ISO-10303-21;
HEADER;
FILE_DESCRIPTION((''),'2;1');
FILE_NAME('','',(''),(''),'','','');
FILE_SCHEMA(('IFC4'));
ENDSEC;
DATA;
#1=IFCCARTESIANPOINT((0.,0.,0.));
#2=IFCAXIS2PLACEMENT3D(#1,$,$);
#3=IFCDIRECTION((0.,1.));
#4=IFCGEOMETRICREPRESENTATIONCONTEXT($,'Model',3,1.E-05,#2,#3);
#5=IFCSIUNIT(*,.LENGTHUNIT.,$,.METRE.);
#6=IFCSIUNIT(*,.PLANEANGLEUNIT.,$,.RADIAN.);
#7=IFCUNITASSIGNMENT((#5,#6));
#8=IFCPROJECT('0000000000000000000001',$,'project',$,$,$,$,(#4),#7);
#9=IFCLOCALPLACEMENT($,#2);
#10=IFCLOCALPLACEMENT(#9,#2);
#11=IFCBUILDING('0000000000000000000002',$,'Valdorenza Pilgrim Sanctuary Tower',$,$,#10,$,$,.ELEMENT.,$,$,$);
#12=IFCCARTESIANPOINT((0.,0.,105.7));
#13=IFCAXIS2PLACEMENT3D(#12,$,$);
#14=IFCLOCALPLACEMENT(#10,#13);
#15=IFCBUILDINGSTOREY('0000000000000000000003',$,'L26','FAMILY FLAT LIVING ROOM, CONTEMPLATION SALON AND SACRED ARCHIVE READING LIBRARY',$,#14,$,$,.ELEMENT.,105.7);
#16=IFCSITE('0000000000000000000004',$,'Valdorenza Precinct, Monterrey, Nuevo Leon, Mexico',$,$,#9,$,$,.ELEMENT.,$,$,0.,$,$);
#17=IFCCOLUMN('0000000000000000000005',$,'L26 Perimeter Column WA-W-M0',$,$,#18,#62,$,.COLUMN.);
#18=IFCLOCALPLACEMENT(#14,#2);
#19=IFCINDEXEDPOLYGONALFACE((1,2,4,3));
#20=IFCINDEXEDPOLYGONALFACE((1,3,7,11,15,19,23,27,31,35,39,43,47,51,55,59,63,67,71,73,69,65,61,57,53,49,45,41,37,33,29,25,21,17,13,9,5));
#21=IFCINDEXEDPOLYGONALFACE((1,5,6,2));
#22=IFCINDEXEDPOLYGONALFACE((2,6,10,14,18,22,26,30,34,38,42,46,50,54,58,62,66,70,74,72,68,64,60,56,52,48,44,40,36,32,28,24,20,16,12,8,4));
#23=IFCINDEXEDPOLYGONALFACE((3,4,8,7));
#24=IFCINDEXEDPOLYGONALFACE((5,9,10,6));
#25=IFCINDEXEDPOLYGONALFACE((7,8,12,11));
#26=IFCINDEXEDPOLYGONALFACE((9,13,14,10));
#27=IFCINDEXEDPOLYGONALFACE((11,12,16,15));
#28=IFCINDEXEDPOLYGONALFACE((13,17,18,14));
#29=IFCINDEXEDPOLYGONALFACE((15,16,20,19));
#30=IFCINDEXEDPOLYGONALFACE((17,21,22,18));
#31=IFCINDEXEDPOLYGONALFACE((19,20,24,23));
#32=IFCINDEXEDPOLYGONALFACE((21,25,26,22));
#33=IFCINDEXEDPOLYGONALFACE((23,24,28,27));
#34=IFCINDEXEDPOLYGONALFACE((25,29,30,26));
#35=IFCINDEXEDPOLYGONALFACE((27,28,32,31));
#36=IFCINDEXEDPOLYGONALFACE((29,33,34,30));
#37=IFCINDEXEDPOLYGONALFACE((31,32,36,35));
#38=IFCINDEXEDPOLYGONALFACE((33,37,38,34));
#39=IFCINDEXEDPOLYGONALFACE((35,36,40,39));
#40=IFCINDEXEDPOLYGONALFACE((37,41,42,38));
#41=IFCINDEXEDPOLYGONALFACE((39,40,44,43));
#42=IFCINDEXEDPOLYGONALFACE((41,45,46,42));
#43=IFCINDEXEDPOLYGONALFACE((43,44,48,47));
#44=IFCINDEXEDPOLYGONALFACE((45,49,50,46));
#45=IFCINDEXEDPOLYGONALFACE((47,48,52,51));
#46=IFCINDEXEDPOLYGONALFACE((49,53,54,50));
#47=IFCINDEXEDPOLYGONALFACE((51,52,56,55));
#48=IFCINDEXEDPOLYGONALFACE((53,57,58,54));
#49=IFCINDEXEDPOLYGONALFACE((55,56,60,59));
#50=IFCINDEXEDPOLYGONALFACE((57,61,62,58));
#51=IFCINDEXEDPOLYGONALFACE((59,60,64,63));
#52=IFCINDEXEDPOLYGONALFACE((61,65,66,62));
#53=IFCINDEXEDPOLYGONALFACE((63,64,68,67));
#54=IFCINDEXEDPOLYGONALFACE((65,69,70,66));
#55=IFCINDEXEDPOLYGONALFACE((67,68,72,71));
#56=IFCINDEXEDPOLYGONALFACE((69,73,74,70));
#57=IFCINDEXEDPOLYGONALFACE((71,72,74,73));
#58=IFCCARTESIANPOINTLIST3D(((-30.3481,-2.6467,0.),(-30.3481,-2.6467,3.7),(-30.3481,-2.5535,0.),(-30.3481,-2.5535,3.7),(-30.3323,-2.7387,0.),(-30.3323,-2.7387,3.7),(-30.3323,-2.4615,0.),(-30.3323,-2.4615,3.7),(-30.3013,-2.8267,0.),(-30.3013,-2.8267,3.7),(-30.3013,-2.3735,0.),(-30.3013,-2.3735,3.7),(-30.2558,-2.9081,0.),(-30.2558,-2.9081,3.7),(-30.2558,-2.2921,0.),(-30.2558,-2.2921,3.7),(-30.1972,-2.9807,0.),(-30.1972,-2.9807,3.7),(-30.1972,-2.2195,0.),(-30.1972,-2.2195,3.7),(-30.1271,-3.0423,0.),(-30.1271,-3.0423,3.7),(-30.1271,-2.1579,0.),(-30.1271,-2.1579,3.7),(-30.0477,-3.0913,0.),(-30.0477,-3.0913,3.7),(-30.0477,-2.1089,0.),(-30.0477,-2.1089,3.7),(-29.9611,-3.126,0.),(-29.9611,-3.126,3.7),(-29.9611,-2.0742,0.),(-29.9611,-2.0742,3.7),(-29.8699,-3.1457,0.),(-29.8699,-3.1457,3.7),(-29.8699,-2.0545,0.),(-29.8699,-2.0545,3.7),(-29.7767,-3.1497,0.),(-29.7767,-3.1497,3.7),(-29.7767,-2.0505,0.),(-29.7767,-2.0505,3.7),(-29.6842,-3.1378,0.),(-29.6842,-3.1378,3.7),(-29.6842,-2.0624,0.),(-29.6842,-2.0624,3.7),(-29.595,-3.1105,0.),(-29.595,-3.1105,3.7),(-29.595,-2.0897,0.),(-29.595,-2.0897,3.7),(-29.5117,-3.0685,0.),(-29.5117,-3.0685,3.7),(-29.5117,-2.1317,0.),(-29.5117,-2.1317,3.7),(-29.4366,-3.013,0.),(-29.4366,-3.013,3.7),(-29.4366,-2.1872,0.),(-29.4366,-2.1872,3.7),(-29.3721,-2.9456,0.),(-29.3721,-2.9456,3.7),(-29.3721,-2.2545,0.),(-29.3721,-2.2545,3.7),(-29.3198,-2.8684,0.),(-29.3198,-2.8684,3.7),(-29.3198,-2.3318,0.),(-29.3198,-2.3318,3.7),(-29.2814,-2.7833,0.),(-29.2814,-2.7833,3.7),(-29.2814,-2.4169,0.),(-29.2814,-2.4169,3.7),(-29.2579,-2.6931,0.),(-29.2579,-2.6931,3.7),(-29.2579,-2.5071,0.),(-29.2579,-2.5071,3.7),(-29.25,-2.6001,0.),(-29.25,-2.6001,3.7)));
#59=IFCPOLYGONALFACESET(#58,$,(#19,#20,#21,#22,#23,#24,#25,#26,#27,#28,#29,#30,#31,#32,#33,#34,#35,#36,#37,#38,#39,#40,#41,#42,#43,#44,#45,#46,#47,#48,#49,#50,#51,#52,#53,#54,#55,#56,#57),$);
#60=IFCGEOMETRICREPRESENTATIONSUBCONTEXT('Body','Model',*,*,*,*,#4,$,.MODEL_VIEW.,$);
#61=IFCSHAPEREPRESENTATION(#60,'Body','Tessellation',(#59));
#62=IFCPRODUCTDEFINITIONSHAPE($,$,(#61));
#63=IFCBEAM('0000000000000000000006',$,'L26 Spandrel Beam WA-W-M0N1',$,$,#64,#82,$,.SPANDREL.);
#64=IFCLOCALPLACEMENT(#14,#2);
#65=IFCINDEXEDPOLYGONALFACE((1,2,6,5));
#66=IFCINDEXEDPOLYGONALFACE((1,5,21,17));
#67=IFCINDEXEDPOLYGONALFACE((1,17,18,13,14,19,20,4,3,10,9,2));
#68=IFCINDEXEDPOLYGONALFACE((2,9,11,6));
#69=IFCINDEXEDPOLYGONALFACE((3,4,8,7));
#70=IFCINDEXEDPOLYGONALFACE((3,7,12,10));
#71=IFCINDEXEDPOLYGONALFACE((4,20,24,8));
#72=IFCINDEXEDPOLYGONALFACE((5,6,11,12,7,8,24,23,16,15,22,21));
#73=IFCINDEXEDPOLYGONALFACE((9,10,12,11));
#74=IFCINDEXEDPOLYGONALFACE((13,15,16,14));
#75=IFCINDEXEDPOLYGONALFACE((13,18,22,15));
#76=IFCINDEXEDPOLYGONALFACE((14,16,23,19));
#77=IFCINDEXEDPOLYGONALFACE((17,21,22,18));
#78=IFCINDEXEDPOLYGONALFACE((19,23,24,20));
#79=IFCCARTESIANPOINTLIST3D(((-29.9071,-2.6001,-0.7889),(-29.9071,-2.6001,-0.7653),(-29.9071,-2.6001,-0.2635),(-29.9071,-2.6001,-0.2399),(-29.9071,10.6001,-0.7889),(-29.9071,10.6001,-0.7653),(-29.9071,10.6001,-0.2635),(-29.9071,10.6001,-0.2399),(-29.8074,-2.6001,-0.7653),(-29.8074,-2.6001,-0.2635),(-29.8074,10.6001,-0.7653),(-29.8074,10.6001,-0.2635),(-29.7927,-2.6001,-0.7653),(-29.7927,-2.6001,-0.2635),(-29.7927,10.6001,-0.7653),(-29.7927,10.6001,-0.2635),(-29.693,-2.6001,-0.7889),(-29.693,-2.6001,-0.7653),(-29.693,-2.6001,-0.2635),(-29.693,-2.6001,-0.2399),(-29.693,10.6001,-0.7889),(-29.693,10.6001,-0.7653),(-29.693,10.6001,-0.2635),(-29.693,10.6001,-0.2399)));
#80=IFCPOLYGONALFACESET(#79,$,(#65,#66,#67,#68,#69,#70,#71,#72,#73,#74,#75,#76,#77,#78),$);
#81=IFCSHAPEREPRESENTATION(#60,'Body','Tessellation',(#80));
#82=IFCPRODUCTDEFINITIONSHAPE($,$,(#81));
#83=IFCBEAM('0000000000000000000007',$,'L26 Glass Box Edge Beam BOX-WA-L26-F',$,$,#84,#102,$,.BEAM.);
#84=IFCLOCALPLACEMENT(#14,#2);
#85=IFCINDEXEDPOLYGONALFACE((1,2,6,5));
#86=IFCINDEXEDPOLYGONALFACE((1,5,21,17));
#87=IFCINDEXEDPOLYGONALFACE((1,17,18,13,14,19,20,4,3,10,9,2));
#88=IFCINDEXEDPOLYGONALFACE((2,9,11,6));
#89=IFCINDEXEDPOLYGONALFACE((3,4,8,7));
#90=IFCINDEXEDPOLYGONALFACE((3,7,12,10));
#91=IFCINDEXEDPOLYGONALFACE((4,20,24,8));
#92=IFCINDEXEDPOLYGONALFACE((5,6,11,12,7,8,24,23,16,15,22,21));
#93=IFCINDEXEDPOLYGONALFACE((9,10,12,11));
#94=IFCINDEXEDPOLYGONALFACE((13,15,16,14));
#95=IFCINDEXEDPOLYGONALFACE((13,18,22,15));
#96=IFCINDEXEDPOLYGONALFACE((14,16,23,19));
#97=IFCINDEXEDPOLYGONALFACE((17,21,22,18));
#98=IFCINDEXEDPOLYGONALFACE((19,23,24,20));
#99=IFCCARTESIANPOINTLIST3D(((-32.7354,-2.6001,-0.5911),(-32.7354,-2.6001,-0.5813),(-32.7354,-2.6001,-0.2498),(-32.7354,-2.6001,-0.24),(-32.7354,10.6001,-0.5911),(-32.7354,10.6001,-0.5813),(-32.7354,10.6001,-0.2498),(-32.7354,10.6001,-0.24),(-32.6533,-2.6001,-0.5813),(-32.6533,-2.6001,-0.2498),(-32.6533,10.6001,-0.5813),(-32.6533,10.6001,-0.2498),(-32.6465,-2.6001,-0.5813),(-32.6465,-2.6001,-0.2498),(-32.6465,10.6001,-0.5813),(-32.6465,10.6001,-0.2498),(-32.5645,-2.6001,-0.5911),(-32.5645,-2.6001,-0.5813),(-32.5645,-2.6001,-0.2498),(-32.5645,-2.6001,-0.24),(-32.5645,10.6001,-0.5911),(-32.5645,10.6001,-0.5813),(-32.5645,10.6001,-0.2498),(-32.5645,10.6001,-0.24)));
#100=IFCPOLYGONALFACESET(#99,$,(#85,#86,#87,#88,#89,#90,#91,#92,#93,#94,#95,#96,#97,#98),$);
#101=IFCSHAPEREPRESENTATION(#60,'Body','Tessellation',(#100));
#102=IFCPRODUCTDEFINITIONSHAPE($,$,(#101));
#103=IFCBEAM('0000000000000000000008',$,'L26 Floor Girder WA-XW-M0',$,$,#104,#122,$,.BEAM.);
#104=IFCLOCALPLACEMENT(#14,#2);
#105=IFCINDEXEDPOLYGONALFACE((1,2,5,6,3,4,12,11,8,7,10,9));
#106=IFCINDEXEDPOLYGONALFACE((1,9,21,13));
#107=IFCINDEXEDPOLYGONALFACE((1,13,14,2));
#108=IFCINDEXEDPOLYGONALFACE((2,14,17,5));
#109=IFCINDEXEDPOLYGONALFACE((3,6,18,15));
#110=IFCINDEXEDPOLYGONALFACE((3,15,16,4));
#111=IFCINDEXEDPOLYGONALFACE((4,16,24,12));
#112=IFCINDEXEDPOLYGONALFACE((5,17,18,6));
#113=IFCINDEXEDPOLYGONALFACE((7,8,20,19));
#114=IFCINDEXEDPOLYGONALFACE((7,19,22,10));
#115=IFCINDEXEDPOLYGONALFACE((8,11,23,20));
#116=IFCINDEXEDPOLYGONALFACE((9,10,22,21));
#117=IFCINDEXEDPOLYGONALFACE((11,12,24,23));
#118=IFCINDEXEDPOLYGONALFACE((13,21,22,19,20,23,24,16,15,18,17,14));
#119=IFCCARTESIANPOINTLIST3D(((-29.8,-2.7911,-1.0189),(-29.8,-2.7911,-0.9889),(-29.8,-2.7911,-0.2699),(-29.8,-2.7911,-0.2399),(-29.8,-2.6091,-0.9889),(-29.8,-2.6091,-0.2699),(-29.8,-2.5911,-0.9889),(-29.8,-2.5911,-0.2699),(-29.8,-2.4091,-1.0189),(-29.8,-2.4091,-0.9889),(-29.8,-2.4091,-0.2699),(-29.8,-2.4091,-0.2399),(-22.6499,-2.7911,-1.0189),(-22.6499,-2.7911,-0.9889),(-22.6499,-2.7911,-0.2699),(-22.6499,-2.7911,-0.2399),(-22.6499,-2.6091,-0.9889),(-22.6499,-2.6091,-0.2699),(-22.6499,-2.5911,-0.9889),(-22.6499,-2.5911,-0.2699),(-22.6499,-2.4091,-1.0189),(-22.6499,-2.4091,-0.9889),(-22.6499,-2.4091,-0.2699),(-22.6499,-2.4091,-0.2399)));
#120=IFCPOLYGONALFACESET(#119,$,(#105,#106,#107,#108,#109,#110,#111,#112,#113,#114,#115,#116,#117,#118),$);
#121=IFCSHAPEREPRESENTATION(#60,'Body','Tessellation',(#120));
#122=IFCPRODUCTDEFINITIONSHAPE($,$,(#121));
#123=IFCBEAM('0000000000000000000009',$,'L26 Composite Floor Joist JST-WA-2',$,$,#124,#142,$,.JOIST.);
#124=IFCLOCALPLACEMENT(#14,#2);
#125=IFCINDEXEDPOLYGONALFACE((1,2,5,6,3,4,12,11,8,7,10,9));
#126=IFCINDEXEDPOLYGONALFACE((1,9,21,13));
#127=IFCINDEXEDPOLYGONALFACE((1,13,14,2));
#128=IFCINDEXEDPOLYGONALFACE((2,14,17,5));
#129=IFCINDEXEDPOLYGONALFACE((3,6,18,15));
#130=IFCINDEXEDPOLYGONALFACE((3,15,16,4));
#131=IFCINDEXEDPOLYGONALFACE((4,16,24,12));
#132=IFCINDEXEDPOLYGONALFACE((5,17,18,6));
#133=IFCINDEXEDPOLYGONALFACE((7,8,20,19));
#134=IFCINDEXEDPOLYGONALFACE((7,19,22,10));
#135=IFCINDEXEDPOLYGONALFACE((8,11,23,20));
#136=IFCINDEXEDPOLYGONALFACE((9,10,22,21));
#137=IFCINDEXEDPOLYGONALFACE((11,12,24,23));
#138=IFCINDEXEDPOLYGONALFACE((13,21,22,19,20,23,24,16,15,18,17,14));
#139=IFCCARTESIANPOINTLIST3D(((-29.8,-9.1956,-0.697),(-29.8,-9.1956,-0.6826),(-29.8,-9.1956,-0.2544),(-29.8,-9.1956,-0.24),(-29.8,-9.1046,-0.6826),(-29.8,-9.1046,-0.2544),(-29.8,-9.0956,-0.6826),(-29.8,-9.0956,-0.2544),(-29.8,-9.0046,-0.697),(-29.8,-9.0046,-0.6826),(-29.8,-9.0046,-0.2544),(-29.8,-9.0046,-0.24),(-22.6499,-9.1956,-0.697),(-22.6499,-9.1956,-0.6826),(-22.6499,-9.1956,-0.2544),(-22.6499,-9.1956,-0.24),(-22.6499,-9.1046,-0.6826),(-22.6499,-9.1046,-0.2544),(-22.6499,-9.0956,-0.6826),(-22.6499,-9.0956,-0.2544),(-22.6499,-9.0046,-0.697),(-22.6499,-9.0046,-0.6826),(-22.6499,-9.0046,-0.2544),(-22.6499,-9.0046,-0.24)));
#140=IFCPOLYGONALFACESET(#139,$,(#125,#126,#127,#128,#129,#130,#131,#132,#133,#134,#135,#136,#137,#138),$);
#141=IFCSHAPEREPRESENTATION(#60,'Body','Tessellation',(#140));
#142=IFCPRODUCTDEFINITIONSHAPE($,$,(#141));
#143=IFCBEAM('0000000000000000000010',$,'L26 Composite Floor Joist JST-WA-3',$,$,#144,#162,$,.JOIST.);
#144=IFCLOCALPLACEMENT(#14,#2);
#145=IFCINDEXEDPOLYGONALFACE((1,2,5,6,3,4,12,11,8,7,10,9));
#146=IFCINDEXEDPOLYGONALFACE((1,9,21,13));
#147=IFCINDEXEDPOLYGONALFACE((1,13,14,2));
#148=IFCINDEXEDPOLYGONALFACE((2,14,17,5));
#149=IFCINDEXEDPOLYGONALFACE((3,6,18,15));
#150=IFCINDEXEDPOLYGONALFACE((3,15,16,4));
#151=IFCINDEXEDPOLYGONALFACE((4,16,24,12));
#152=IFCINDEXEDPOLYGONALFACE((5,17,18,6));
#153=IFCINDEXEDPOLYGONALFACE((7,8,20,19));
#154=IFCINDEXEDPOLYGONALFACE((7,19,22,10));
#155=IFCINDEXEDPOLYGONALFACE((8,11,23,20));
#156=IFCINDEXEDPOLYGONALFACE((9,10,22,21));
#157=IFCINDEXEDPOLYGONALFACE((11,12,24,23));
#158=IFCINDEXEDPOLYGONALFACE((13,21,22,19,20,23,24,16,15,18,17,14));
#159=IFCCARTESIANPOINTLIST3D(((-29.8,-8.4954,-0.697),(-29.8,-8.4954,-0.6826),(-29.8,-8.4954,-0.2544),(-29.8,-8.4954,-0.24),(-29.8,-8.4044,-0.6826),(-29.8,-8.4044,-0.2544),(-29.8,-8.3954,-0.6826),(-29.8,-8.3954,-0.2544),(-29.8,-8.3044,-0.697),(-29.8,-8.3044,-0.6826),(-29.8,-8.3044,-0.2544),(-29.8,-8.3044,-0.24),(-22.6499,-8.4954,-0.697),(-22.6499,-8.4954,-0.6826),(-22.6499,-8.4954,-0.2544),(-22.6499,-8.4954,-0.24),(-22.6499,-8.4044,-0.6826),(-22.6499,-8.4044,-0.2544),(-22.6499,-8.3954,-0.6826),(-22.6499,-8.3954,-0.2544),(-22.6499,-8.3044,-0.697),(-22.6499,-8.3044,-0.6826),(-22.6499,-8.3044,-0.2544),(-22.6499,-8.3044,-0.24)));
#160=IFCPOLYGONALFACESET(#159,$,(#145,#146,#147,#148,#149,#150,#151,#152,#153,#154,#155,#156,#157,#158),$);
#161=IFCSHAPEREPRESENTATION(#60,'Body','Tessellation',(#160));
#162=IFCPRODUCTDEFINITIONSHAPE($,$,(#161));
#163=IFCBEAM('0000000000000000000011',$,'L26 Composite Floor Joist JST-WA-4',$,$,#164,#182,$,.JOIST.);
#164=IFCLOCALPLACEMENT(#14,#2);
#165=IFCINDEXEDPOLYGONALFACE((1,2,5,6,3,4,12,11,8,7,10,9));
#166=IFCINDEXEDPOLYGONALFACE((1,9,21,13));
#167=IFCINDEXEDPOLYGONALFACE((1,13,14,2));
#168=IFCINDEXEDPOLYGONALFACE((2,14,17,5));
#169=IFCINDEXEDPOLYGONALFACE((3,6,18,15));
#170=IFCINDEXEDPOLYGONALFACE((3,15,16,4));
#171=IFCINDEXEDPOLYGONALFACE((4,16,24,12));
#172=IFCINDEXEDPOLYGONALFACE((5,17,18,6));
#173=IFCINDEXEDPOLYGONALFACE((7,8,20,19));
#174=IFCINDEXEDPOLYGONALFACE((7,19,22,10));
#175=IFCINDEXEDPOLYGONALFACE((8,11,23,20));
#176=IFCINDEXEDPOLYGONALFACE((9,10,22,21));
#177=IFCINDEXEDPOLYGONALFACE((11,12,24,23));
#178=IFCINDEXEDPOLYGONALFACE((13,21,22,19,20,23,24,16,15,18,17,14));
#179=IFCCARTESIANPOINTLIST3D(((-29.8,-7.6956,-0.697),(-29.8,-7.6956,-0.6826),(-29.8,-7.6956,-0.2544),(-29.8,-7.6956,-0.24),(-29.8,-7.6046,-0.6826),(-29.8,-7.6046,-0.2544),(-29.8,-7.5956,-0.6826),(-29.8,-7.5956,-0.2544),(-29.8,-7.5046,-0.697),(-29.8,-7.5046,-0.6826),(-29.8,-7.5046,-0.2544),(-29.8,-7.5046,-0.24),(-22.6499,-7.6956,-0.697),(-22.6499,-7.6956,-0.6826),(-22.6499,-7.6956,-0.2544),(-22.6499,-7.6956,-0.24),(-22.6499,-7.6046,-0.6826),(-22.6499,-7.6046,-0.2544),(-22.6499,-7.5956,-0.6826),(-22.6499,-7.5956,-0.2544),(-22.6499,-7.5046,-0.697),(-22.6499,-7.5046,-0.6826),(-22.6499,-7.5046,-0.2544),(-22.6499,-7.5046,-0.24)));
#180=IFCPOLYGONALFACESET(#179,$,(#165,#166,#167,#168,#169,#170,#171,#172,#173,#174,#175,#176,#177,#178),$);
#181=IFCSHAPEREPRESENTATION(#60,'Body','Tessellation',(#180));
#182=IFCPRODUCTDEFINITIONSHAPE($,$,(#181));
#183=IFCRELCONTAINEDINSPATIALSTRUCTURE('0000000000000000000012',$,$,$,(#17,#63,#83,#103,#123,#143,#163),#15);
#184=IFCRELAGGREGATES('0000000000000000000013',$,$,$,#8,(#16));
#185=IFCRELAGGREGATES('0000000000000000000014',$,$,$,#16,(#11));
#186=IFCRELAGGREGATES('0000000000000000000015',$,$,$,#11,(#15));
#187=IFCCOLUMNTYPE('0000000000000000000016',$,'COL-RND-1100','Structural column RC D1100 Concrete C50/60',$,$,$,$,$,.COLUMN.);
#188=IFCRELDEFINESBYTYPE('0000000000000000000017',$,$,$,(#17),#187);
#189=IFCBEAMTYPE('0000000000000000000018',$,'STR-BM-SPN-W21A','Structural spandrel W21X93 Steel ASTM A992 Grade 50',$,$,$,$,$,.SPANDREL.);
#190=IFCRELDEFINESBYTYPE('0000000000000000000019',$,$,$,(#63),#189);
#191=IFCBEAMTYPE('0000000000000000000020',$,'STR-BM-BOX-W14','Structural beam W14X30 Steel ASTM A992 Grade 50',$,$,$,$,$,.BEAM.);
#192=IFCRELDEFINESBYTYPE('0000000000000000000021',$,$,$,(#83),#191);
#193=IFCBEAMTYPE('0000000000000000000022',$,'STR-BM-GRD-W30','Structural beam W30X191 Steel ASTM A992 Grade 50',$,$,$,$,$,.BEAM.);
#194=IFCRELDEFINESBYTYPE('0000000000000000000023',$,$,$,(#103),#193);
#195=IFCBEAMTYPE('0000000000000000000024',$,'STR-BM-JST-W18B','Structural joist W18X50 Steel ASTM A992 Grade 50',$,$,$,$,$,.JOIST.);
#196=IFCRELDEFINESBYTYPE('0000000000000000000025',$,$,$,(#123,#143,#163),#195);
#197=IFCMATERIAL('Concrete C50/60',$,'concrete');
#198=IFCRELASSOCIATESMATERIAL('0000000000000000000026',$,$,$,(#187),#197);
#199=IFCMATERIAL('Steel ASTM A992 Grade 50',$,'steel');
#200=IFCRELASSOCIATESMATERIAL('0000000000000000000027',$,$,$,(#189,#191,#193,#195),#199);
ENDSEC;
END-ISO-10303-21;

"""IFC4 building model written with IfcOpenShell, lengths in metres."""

from ifc_helpers import new_model, si_unit, direction, frame, origin, origin_2d, place, context, subcontext, project, spatial, circle, i_section, extrude, source, transform, mapped, material, material_profile, profile_set, type_object, element, save


model = new_model("IFC4")

# Units and contexts
model_context = context("Model", 3, precision=1e-05, world=origin(), true_north=direction((0.0, 1.0)))
body_context = subcontext(model_context, "Body", "Model", "MODEL_VIEW")
ifc_project = project(units=[si_unit("LENGTHUNIT", "METRE"), si_unit("PLANEANGLEUNIT", "RADIAN")], contexts=[model_context])

# Site, building, storey
site_placement = place(None, origin())
site = spatial("IfcSite", under=ifc_project, at=site_placement, Name="Valdorenza Precinct, Monterrey, Nuevo Leon, Mexico", CompositionType="ELEMENT", RefElevation=0.0)
building_placement = place(site_placement, origin())
building = spatial("IfcBuilding", under=site, at=building_placement, Name="Valdorenza Pilgrim Sanctuary Tower", CompositionType="ELEMENT")
storey_placement = place(building_placement, frame((0.0, 0.0, 105.7)))
storey = spatial("IfcBuildingStorey", under=building, at=storey_placement, Name="L26", Description="FAMILY FLAT LIVING ROOM, CONTEMPLATION SALON AND SACRED ARCHIVE READING LIBRARY", CompositionType="ELEMENT", Elevation=105.7)

# Column
ifc_material_1 = material(Name="Concrete C50/60", Category="concrete")
ifc_material_profile_1 = material_profile(ifc_material_1, circle(Radius=0.55, at=origin_2d()), Name="RC D1100")
ifc_profile_set_1 = profile_set([ifc_material_profile_1], Name="Concrete C50/60")
column_type = type_object("IfcColumnType", Name="COL-RND-1100", Description="Structural column RC D1100 Concrete C50/60", PredefinedType="COLUMN", material=ifc_profile_set_1)
shared_shape_1 = source(origin(), body_context, "Body", "SweptSolid", [
    extrude(circle(Radius=0.55, at=origin_2d()), origin(), (0.0, 0.0, 1.0), 3.7),
])
column_placement = place(storey_placement, frame((-29.8, -2.6001, 0.0), z_axis=(0.0, 0.0, 1.0), x_axis=(1.0, 0.0, 0.0)))
element("IfcColumn", 1, at=column_placement, inside=storey, type_object=column_type, Name="L26 Perimeter Column WA-W-M0", PredefinedType="COLUMN", context=body_context, shape_type="MappedRepresentation", body=[
    mapped(shared_shape_1, transform((0.0, 0.0, 0.0), x_axis=(1.0, 0.0, 0.0), y_axis=(0.0, 1.0, 0.0), z_axis=(0.0, 0.0, 1.0), scale=1.0)),
])

# Beams
ifc_material_2 = material(Name="Steel ASTM A992 Grade 50", Category="steel")
ifc_material_profile_2 = material_profile(ifc_material_2, i_section(OverallWidth=0.2141, OverallDepth=0.5491, WebThickness=0.0146, FlangeThickness=0.0237, at=origin_2d()), Name="W21X93")
ifc_profile_set_2 = profile_set([ifc_material_profile_2], Name="Steel ASTM A992 Grade 50")
beam_type_1 = type_object("IfcBeamType", Name="STR-BM-SPN-W21A", Description="Structural spandrel W21X93 Steel ASTM A992 Grade 50", PredefinedType="SPANDREL", material=ifc_profile_set_2)
shared_shape_2 = source(origin(), body_context, "Body", "SweptSolid", [
    extrude(i_section(OverallWidth=0.2141, OverallDepth=0.5491, WebThickness=0.0146, FlangeThickness=0.0237, at=origin_2d()), origin(), (0.0, 0.0, 1.0), 13.2002),
])
beam_1_placement = place(storey_placement, frame((-29.8, -2.6001, -0.5144), z_axis=(0.0, 1.0, 0.0), x_axis=(-1.0, 0.0, 0.0)))
element("IfcBeam", 2, at=beam_1_placement, inside=storey, type_object=beam_type_1, Name="L26 Spandrel Beam WA-W-M0N1", PredefinedType="SPANDREL", context=body_context, shape_type="MappedRepresentation", body=[
    mapped(shared_shape_2, transform((0.0, 0.0, 0.0), x_axis=(1.0, 0.0, 0.0), y_axis=(0.0, 1.0, 0.0), z_axis=(0.0, 0.0, 1.0), scale=1.0)),
])
ifc_material_profile_3 = material_profile(ifc_material_2, i_section(OverallWidth=0.1709, OverallDepth=0.3511, WebThickness=0.0068, FlangeThickness=0.0098, at=origin_2d()), Name="W14X30")
ifc_profile_set_3 = profile_set([ifc_material_profile_3], Name="Steel ASTM A992 Grade 50")
beam_type_2 = type_object("IfcBeamType", Name="STR-BM-BOX-W14", Description="Structural beam W14X30 Steel ASTM A992 Grade 50", PredefinedType="BEAM", material=ifc_profile_set_3)
shared_shape_3 = source(origin(), body_context, "Body", "SweptSolid", [
    extrude(i_section(OverallWidth=0.1709, OverallDepth=0.3511, WebThickness=0.0068, FlangeThickness=0.0098, at=origin_2d()), origin(), (0.0, 0.0, 1.0), 13.2002),
])
beam_2_placement = place(storey_placement, frame((-32.6499, -2.6001, -0.4155), z_axis=(0.0, 1.0, 0.0), x_axis=(-1.0, 0.0, 0.0)))
element("IfcBeam", 3, at=beam_2_placement, inside=storey, type_object=beam_type_2, Name="L26 Glass Box Edge Beam BOX-WA-L26-F", PredefinedType="BEAM", context=body_context, shape_type="MappedRepresentation", body=[
    mapped(shared_shape_3, transform((0.0, 0.0, 0.0), x_axis=(1.0, 0.0, 0.0), y_axis=(0.0, 1.0, 0.0), z_axis=(0.0, 0.0, 1.0), scale=1.0)),
])
ifc_material_profile_4 = material_profile(ifc_material_2, i_section(OverallWidth=0.3821, OverallDepth=0.7791, WebThickness=0.0181, FlangeThickness=0.03, at=origin_2d()), Name="W30X191")
ifc_profile_set_4 = profile_set([ifc_material_profile_4], Name="Steel ASTM A992 Grade 50")
beam_type_3 = type_object("IfcBeamType", Name="STR-BM-GRD-W30", Description="Structural beam W30X191 Steel ASTM A992 Grade 50", PredefinedType="BEAM", material=ifc_profile_set_4)
shared_shape_4 = source(origin(), body_context, "Body", "SweptSolid", [
    extrude(i_section(OverallWidth=0.3821, OverallDepth=0.7791, WebThickness=0.0181, FlangeThickness=0.03, at=origin_2d()), origin(), (0.0, 0.0, 1.0), 7.1501),
])
beam_3_placement = place(storey_placement, frame((-29.8, -2.6001, -0.6294), z_axis=(1.0, 0.0, 0.0), x_axis=(0.0, 1.0, 0.0)))
element("IfcBeam", 4, at=beam_3_placement, inside=storey, type_object=beam_type_3, Name="L26 Floor Girder WA-XW-M0", PredefinedType="BEAM", context=body_context, shape_type="MappedRepresentation", body=[
    mapped(shared_shape_4, transform((0.0, 0.0, 0.0), x_axis=(1.0, 0.0, 0.0), y_axis=(0.0, 1.0, 0.0), z_axis=(0.0, 0.0, 1.0), scale=1.0)),
])
ifc_material_profile_5 = material_profile(ifc_material_2, i_section(OverallWidth=0.1909, OverallDepth=0.457, WebThickness=0.009, FlangeThickness=0.0144, at=origin_2d()), Name="W18X50")
ifc_profile_set_5 = profile_set([ifc_material_profile_5], Name="Steel ASTM A992 Grade 50")
beam_type_4 = type_object("IfcBeamType", Name="STR-BM-JST-W18B", Description="Structural joist W18X50 Steel ASTM A992 Grade 50", PredefinedType="JOIST", material=ifc_profile_set_5)
shared_shape_5 = source(origin(), body_context, "Body", "SweptSolid", [
    extrude(i_section(OverallWidth=0.1909, OverallDepth=0.457, WebThickness=0.009, FlangeThickness=0.0144, at=origin_2d()), origin(), (0.0, 0.0, 1.0), 7.1501),
])
for number, where, z_axis, x_axis, name in (
    (5, (-29.8, -9.1001, -0.4685), (1.0, 0.0, 0.0), (0.0, 1.0, 0.0), "L26 Composite Floor Joist JST-WA-2"),
    (6, (-29.8, -8.3999, -0.4685), (1.0, 0.0, 0.0), (0.0, 1.0, 0.0), "L26 Composite Floor Joist JST-WA-3"),
    (7, (-29.8, -7.6001, -0.4685), (1.0, 0.0, 0.0), (0.0, 1.0, 0.0), "L26 Composite Floor Joist JST-WA-4"),
):
    element("IfcBeam", number, at=place(storey_placement, frame(where, z_axis=z_axis, x_axis=x_axis)), inside=storey, type_object=beam_type_4, Name=name, PredefinedType="JOIST", context=body_context, shape_type="MappedRepresentation", body=[
        mapped(shared_shape_5, transform((0.0, 0.0, 0.0), x_axis=(1.0, 0.0, 0.0), y_axis=(0.0, 1.0, 0.0), z_axis=(0.0, 0.0, 1.0), scale=1.0)),
    ])

save(model, "model.ifc")
